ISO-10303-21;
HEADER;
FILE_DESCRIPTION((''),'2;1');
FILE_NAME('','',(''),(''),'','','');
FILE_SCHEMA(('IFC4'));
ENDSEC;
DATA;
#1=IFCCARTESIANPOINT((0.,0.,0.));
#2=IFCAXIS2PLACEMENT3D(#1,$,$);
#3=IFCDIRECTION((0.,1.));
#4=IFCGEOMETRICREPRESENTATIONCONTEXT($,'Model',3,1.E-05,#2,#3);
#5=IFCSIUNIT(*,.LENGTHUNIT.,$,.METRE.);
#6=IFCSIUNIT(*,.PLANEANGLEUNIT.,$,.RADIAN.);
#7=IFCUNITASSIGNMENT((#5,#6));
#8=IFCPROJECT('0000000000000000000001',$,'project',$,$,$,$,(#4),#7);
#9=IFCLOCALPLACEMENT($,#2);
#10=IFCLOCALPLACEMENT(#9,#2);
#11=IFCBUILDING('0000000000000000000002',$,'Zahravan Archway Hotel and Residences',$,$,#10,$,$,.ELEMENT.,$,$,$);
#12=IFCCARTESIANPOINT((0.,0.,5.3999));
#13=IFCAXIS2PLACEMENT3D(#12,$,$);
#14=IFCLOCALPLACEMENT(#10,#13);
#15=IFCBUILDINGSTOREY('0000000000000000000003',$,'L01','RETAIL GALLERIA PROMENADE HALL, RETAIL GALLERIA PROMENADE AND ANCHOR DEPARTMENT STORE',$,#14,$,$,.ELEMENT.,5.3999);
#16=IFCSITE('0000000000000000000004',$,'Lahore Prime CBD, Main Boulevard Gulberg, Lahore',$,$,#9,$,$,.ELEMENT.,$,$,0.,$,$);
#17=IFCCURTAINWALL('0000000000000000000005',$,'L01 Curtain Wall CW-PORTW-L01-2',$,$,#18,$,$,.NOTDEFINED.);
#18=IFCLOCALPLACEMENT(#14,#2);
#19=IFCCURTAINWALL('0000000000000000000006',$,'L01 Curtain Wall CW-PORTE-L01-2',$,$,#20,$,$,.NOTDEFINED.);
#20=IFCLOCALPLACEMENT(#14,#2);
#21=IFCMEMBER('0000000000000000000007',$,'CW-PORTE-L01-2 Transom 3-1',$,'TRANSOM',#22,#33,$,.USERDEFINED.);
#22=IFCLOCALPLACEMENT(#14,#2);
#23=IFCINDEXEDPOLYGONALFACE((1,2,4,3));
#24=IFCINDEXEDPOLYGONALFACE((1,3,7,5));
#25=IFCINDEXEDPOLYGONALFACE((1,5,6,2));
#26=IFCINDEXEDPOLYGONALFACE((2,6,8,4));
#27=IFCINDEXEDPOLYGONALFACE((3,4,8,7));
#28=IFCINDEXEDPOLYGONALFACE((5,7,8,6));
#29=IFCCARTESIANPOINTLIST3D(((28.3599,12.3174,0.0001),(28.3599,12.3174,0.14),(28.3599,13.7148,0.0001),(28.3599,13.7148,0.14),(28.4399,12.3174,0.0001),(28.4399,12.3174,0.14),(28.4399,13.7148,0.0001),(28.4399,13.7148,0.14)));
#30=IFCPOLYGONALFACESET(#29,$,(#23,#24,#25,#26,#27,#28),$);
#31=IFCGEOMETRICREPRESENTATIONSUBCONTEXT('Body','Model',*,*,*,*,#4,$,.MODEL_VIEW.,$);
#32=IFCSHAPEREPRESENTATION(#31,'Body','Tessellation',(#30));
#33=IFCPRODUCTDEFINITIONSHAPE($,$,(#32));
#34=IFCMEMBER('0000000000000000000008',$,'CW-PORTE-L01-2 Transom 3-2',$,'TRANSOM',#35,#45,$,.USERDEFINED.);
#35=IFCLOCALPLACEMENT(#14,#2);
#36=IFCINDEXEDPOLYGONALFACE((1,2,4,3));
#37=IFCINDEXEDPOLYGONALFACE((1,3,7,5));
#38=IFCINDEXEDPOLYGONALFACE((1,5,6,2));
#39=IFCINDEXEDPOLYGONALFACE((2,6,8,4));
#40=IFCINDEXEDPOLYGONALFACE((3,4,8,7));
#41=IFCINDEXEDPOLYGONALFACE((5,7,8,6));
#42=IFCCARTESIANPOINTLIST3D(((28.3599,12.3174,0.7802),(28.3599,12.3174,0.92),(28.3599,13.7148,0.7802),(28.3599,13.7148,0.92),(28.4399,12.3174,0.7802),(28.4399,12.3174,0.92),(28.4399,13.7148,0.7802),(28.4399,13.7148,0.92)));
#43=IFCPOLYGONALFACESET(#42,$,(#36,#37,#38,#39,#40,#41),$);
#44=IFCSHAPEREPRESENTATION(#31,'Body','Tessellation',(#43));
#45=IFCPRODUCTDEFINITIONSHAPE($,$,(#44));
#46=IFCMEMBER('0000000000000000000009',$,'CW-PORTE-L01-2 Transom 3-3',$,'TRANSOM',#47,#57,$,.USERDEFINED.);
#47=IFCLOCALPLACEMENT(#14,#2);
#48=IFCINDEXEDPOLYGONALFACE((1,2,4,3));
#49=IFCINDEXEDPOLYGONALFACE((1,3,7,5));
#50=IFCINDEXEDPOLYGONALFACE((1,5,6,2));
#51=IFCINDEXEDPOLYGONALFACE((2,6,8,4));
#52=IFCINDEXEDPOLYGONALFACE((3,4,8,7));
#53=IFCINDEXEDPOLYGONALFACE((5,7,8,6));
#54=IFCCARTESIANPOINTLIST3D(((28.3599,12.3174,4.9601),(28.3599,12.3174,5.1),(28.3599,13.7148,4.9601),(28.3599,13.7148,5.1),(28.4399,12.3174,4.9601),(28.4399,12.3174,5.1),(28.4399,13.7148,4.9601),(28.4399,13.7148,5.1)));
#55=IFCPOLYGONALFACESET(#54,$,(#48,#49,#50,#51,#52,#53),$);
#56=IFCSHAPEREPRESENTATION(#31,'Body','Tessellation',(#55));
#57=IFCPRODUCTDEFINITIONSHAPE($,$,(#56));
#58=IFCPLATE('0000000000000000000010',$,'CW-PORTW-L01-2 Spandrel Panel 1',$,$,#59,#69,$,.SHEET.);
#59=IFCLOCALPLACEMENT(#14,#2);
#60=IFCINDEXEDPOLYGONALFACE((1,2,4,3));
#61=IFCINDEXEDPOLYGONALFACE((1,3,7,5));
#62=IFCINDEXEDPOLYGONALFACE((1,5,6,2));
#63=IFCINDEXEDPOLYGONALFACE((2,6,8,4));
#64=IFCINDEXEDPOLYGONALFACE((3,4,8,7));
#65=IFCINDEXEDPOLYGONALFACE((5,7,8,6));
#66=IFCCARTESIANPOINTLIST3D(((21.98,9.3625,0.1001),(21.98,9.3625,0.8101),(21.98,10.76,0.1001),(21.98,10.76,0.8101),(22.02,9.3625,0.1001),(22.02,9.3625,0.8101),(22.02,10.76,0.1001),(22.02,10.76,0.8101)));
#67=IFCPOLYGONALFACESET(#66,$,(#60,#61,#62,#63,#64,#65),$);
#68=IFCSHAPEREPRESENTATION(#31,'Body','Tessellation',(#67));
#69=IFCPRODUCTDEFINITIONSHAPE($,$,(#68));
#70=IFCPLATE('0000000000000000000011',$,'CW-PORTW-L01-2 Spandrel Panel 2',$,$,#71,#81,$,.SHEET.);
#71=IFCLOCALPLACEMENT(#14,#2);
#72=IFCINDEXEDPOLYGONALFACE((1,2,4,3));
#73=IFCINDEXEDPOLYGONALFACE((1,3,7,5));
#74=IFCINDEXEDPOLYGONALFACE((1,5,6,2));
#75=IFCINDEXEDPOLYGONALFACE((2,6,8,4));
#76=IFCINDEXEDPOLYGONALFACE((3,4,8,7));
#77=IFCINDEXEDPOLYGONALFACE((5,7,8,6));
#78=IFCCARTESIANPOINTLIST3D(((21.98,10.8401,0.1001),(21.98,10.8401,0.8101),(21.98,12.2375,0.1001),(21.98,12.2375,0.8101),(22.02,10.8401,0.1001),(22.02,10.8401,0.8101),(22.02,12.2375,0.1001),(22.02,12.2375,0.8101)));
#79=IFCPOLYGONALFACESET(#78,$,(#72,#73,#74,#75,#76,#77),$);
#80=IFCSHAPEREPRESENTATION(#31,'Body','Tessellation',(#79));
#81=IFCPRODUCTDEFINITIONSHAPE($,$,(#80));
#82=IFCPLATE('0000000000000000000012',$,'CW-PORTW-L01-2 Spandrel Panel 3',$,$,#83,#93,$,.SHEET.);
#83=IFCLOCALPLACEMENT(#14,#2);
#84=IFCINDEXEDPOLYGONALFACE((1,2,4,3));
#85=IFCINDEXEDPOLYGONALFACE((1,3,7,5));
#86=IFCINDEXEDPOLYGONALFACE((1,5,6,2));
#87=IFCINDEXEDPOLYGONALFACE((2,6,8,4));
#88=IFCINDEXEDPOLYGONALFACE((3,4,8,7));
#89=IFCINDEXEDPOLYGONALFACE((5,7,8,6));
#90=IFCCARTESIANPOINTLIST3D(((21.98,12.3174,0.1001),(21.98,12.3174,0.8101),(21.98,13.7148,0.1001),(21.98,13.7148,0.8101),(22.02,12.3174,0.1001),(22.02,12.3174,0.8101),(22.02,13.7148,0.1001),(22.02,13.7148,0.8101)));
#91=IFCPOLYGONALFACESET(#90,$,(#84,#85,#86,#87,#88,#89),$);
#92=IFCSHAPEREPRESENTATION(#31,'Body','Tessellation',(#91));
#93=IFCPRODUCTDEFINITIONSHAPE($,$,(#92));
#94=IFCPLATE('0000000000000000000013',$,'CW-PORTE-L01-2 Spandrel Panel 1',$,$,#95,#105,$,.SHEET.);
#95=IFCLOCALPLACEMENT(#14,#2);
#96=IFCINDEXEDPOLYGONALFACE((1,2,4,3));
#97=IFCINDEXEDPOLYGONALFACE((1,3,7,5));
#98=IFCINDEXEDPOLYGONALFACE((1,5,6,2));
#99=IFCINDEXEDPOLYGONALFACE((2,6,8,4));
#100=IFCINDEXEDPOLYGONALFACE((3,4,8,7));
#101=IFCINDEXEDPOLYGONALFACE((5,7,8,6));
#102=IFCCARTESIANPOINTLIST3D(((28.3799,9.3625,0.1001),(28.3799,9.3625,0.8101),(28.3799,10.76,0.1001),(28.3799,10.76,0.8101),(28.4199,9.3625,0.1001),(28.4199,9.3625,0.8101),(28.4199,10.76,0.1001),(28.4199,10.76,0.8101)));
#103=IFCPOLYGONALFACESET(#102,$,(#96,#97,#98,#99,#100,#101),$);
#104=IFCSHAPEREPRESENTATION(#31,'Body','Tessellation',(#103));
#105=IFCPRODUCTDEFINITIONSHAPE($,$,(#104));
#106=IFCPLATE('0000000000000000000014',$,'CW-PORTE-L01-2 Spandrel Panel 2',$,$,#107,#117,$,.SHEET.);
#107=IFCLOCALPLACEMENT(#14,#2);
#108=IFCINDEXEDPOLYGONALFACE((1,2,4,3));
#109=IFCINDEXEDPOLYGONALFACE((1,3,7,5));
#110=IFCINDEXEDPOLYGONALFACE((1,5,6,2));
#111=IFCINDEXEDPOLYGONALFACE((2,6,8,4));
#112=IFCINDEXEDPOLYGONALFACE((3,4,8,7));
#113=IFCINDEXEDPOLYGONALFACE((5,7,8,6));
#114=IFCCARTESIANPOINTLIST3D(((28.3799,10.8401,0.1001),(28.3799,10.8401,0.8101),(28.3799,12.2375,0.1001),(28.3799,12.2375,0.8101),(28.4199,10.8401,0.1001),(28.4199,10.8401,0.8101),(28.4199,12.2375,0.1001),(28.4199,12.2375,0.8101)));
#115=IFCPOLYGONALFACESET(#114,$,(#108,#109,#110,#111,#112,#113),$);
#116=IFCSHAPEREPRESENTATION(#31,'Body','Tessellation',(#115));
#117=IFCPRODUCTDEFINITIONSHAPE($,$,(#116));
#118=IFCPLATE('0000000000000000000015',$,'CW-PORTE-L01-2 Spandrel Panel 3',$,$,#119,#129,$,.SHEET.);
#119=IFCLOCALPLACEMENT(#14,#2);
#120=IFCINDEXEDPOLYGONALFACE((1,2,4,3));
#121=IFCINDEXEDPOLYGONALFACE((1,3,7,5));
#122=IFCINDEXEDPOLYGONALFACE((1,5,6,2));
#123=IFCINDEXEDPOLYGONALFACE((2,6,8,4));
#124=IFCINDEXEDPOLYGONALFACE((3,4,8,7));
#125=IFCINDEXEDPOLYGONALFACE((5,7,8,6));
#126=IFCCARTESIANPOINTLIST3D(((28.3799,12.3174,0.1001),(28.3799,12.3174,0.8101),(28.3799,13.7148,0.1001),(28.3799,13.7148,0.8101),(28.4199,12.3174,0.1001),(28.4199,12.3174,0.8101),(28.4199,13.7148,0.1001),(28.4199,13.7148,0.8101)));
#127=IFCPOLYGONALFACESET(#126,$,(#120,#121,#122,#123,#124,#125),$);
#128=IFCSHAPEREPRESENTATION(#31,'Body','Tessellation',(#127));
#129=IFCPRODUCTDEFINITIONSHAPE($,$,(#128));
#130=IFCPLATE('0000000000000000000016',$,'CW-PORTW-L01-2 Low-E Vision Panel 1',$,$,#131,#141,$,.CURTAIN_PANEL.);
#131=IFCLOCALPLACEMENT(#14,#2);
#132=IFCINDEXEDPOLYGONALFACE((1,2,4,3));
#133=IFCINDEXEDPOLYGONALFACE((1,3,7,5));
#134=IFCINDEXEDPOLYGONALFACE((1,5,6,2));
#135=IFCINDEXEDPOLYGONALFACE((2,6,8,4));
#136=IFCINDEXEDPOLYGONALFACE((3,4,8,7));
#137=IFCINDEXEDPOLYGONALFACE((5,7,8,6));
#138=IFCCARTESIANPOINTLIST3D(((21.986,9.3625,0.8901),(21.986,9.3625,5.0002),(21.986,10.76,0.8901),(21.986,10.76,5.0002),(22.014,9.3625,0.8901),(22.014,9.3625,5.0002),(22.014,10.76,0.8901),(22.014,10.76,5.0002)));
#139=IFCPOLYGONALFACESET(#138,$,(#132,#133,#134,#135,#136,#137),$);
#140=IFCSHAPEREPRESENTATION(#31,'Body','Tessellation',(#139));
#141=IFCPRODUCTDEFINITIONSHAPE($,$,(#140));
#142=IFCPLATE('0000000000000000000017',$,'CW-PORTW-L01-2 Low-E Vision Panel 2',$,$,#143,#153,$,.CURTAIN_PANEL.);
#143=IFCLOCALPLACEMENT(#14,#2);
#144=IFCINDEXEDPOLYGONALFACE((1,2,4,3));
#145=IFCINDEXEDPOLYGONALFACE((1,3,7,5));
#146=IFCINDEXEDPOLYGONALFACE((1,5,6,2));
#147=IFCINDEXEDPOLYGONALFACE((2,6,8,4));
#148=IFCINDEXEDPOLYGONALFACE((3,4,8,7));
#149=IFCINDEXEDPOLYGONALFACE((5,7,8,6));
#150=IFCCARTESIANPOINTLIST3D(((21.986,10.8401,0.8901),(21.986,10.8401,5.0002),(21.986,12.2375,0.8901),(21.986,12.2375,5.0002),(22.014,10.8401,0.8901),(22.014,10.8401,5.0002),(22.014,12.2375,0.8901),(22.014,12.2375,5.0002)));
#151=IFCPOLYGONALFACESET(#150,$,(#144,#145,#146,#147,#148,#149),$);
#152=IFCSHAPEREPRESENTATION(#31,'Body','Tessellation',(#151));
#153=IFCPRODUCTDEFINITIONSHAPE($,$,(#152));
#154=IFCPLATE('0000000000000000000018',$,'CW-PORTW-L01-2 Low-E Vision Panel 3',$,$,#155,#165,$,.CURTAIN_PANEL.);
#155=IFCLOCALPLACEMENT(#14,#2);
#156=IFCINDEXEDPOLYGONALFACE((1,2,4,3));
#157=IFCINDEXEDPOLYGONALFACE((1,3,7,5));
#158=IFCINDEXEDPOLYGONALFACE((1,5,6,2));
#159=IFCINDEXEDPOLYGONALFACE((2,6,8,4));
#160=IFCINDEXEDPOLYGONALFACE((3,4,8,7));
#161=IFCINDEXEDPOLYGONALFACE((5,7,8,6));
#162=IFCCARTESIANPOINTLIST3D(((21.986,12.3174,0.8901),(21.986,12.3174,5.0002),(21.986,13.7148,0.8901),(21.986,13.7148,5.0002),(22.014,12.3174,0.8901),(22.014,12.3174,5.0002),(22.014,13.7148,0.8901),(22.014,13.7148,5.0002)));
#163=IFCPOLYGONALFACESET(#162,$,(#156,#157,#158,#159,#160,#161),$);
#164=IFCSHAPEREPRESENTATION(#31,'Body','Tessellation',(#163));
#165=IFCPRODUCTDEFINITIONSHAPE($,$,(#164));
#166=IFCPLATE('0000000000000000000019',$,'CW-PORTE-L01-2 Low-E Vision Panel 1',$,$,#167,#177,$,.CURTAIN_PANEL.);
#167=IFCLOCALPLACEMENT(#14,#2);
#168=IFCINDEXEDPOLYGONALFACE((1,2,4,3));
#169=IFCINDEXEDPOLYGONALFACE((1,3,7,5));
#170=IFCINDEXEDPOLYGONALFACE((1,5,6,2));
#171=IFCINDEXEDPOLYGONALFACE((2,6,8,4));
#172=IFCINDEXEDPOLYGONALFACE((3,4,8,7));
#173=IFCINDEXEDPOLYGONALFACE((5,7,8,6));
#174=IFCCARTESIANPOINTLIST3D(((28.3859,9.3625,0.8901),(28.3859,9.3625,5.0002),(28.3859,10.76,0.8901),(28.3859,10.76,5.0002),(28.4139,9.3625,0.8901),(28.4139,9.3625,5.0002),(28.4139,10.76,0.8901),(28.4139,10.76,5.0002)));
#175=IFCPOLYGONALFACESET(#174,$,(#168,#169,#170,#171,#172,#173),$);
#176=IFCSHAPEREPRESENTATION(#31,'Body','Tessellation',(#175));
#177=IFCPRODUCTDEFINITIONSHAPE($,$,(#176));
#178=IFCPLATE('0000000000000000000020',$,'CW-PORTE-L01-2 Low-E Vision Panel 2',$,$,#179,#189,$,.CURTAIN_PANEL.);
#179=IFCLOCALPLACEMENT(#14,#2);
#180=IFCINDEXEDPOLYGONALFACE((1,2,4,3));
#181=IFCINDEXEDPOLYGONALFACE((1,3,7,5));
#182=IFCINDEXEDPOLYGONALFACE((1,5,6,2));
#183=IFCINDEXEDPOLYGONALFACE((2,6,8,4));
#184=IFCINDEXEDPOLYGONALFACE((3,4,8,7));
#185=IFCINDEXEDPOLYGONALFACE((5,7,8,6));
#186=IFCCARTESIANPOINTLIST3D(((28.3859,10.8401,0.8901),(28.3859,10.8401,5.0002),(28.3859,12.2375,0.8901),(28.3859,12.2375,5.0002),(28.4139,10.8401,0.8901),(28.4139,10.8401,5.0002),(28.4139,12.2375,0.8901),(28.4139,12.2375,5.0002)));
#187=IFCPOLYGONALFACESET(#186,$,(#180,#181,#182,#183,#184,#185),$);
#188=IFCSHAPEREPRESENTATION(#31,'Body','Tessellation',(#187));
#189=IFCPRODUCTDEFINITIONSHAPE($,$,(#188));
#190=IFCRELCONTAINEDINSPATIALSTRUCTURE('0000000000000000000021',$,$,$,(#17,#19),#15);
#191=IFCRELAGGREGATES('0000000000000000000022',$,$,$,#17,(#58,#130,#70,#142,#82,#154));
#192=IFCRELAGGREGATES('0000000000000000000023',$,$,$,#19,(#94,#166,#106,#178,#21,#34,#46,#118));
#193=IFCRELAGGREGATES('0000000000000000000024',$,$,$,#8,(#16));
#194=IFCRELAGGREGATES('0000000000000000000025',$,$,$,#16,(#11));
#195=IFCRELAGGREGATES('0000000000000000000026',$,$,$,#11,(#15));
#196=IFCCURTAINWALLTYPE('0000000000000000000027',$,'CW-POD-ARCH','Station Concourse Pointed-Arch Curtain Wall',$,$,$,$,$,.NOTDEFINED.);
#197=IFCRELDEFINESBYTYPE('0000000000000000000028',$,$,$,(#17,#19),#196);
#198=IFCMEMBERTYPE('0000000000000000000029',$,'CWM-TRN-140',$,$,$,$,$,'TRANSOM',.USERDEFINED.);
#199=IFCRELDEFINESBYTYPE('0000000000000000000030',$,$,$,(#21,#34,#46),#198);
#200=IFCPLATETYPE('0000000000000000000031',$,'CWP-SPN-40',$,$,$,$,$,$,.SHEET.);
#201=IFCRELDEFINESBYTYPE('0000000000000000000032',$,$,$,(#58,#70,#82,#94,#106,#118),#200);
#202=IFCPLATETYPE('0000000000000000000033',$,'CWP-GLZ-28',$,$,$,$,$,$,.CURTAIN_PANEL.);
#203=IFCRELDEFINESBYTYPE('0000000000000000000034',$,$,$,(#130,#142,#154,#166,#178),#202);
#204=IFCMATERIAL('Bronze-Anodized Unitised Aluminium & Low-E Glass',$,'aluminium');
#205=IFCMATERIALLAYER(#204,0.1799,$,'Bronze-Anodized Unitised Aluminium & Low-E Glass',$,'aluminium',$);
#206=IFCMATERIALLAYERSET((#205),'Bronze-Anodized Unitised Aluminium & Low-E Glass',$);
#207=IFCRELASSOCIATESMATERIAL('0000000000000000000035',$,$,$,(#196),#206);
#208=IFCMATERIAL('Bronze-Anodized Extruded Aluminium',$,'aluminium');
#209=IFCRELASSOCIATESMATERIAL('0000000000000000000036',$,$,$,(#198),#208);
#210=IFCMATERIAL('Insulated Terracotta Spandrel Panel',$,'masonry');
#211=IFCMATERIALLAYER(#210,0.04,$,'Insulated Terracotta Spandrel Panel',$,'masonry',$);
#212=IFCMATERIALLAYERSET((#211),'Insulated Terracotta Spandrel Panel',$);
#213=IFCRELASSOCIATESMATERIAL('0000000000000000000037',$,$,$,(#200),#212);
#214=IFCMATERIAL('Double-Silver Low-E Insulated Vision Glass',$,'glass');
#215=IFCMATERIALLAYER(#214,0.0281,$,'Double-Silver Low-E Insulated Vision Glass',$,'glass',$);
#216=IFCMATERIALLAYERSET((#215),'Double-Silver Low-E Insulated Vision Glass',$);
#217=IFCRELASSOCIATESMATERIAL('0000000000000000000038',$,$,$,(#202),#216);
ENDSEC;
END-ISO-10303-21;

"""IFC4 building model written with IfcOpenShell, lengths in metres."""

from ifc_helpers import new_model, si_unit, direction, frame, origin, origin_2d, place, context, subcontext, project, spatial, rectangle, extrude, source, transform, mapped, material, layer, layer_set, material_profile, profile_set, type_object, element, aggregate, save


model = new_model("IFC4")

# Units and contexts
model_context = context("Model", 3, precision=1e-05, world=origin(), true_north=direction((0.0, 1.0)))
body_context = subcontext(model_context, "Body", "Model", "MODEL_VIEW")
ifc_project = project(units=[si_unit("LENGTHUNIT", "METRE"), si_unit("PLANEANGLEUNIT", "RADIAN")], contexts=[model_context])

# Site, building, storey
site_placement = place(None, origin())
site = spatial("IfcSite", under=ifc_project, at=site_placement, Name="Lahore Prime CBD, Main Boulevard Gulberg, Lahore", CompositionType="ELEMENT", RefElevation=0.0)
building_placement = place(site_placement, origin())
building = spatial("IfcBuilding", under=site, at=building_placement, Name="Zahravan Archway Hotel and Residences", CompositionType="ELEMENT")
storey_placement = place(building_placement, frame((0.0, 0.0, 5.3999)))
storey = spatial("IfcBuildingStorey", under=building, at=storey_placement, Name="L01", Description="RETAIL GALLERIA PROMENADE HALL, RETAIL GALLERIA PROMENADE AND ANCHOR DEPARTMENT STORE", CompositionType="ELEMENT", Elevation=5.3999)

# Curtain walls
ifc_material_1 = material(Name="Bronze-Anodized Unitised Aluminium & Low-E Glass", Category="aluminium")
ifc_layer_1 = layer(ifc_material_1, 0.1799, Name="Bronze-Anodized Unitised Aluminium & Low-E Glass", Category="aluminium")
ifc_layer_set_1 = layer_set([ifc_layer_1], Name="Bronze-Anodized Unitised Aluminium & Low-E Glass")
curtain_wall_type = type_object("IfcCurtainWallType", Name="CW-POD-ARCH", Description="Station Concourse Pointed-Arch Curtain Wall", PredefinedType="NOTDEFINED", material=ifc_layer_set_1)
curtain_wall_1_placement = place(storey_placement, origin())
curtain_wall_1 = element("IfcCurtainWall", 1, at=curtain_wall_1_placement, inside=storey, type_object=curtain_wall_type, Name="L01 Curtain Wall CW-PORTW-L01-2", PredefinedType="NOTDEFINED")
ifc_material_2 = material(Name="Bronze-Anodized Extruded Aluminium", Category="aluminium")
curtain_wall_2_placement = place(storey_placement, origin())
curtain_wall_2 = element("IfcCurtainWall", 2, at=curtain_wall_2_placement, inside=storey, type_object=curtain_wall_type, Name="L01 Curtain Wall CW-PORTE-L01-2", PredefinedType="NOTDEFINED")

# Members
ifc_material_profile_1 = material_profile(ifc_material_2, rectangle(XDim=0.0801, YDim=0.1399, at=origin_2d()), Name="TRN 80x140", Category="aluminium")
ifc_profile_set_1 = profile_set([ifc_material_profile_1], Name="Bronze-Anodized Extruded Aluminium")
member_type_1 = type_object("IfcMemberType", Name="CWM-TRN-140", ElementType="TRANSOM", PredefinedType="USERDEFINED", material=ifc_profile_set_1)
shared_shape_1 = source(origin(), body_context, "Body", "SweptSolid", [
    extrude(rectangle(XDim=0.0801, YDim=0.1399, at=origin_2d()), origin(), (0.0, 0.0, 1.0), 1.3975),
])
member_1_placement = place(storey_placement, frame((28.3999, 12.3174, 0.0701), z_axis=(0.0, 1.0, 0.0), x_axis=(-1.0, 0.0, 0.0)))
member_1 = element("IfcMember", 3, at=member_1_placement, type_object=member_type_1, Name="CW-PORTE-L01-2 Transom 3-1", ObjectType="TRANSOM", PredefinedType="USERDEFINED", context=body_context, shape_type="MappedRepresentation", body=[
    mapped(shared_shape_1, transform((0.0, 0.0, 0.0), scale=1.0)),
])
member_2_placement = place(storey_placement, frame((28.3999, 12.3174, 0.8501), z_axis=(0.0, 1.0, 0.0), x_axis=(-1.0, 0.0, 0.0)))
member_2 = element("IfcMember", 4, at=member_2_placement, type_object=member_type_1, Name="CW-PORTE-L01-2 Transom 3-2", ObjectType="TRANSOM", PredefinedType="USERDEFINED", context=body_context, shape_type="MappedRepresentation", body=[
    mapped(shared_shape_1, transform((0.0, 0.0, 0.0), scale=1.0)),
])
member_3_placement = place(storey_placement, frame((28.3999, 12.3174, 5.03), z_axis=(0.0, 1.0, 0.0), x_axis=(-1.0, 0.0, 0.0)))
member_3 = element("IfcMember", 5, at=member_3_placement, type_object=member_type_1, Name="CW-PORTE-L01-2 Transom 3-3", ObjectType="TRANSOM", PredefinedType="USERDEFINED", context=body_context, shape_type="MappedRepresentation", body=[
    mapped(shared_shape_1, transform((0.0, 0.0, 0.0), scale=1.0)),
])

# Plates
ifc_material_3 = material(Name="Insulated Terracotta Spandrel Panel", Category="masonry")
ifc_layer_2 = layer(ifc_material_3, 0.04, Name="Insulated Terracotta Spandrel Panel", Category="masonry")
ifc_layer_set_2 = layer_set([ifc_layer_2], Name="Insulated Terracotta Spandrel Panel")
plate_type_1 = type_object("IfcPlateType", Name="CWP-SPN-40", PredefinedType="SHEET", material=ifc_layer_set_2)
shared_shape_2 = source(origin(), body_context, "Body", "SweptSolid", [
    extrude(rectangle(XDim=1.3975, YDim=0.04, at=origin_2d()), origin(), (0.0, 0.0, 1.0), 0.71),
])
plate_1_placement = place(storey_placement, frame((22.0, 10.0613, 0.1001), z_axis=(0.0, 0.0, 1.0), x_axis=(0.0, 1.0, 0.0)))
plate_1 = element("IfcPlate", 6, at=plate_1_placement, type_object=plate_type_1, Name="CW-PORTW-L01-2 Spandrel Panel 1", PredefinedType="SHEET", context=body_context, shape_type="MappedRepresentation", body=[
    mapped(shared_shape_2, transform((0.0, 0.0, 0.0), scale=1.0)),
])
plate_2_placement = place(storey_placement, frame((22.0, 11.5388, 0.1001), z_axis=(0.0, 0.0, 1.0), x_axis=(0.0, 1.0, 0.0)))
plate_2 = element("IfcPlate", 7, at=plate_2_placement, type_object=plate_type_1, Name="CW-PORTW-L01-2 Spandrel Panel 2", PredefinedType="SHEET", context=body_context, shape_type="MappedRepresentation", body=[
    mapped(shared_shape_2, transform((0.0, 0.0, 0.0), scale=1.0)),
])
plate_3_placement = place(storey_placement, frame((22.0, 13.0161, 0.1001), z_axis=(0.0, 0.0, 1.0), x_axis=(0.0, 1.0, 0.0)))
plate_3 = element("IfcPlate", 8, at=plate_3_placement, type_object=plate_type_1, Name="CW-PORTW-L01-2 Spandrel Panel 3", PredefinedType="SHEET", context=body_context, shape_type="MappedRepresentation", body=[
    mapped(shared_shape_2, transform((0.0, 0.0, 0.0), scale=1.0)),
])
plate_4_placement = place(storey_placement, frame((28.3999, 10.0613, 0.1001), z_axis=(0.0, 0.0, 1.0), x_axis=(0.0, 1.0, 0.0)))
plate_4 = element("IfcPlate", 9, at=plate_4_placement, type_object=plate_type_1, Name="CW-PORTE-L01-2 Spandrel Panel 1", PredefinedType="SHEET", context=body_context, shape_type="MappedRepresentation", body=[
    mapped(shared_shape_2, transform((0.0, 0.0, 0.0), scale=1.0)),
])
plate_5_placement = place(storey_placement, frame((28.3999, 11.5388, 0.1001), z_axis=(0.0, 0.0, 1.0), x_axis=(0.0, 1.0, 0.0)))
plate_5 = element("IfcPlate", 10, at=plate_5_placement, type_object=plate_type_1, Name="CW-PORTE-L01-2 Spandrel Panel 2", PredefinedType="SHEET", context=body_context, shape_type="MappedRepresentation", body=[
    mapped(shared_shape_2, transform((0.0, 0.0, 0.0), scale=1.0)),
])
plate_6_placement = place(storey_placement, frame((28.3999, 13.0161, 0.1001), z_axis=(0.0, 0.0, 1.0), x_axis=(0.0, 1.0, 0.0)))
plate_6 = element("IfcPlate", 11, at=plate_6_placement, type_object=plate_type_1, Name="CW-PORTE-L01-2 Spandrel Panel 3", PredefinedType="SHEET", context=body_context, shape_type="MappedRepresentation", body=[
    mapped(shared_shape_2, transform((0.0, 0.0, 0.0), scale=1.0)),
])
ifc_material_4 = material(Name="Double-Silver Low-E Insulated Vision Glass", Category="glass")
ifc_layer_3 = layer(ifc_material_4, 0.0281, Name="Double-Silver Low-E Insulated Vision Glass", Category="glass")
ifc_layer_set_3 = layer_set([ifc_layer_3], Name="Double-Silver Low-E Insulated Vision Glass")
plate_type_2 = type_object("IfcPlateType", Name="CWP-GLZ-28", PredefinedType="CURTAIN_PANEL", material=ifc_layer_set_3)
shared_shape_3 = source(origin(), body_context, "Body", "SweptSolid", [
    extrude(rectangle(XDim=1.3975, YDim=0.0281, at=origin_2d()), origin(), (0.0, 0.0, 1.0), 4.1101),
])
plate_7_placement = place(storey_placement, frame((22.0, 10.0613, 0.8901), z_axis=(0.0, 0.0, 1.0), x_axis=(0.0, 1.0, 0.0)))
plate_7 = element("IfcPlate", 12, at=plate_7_placement, type_object=plate_type_2, Name="CW-PORTW-L01-2 Low-E Vision Panel 1", PredefinedType="CURTAIN_PANEL", context=body_context, shape_type="MappedRepresentation", body=[
    mapped(shared_shape_3, transform((0.0, 0.0, 0.0), scale=1.0)),
])
plate_8_placement = place(storey_placement, frame((22.0, 11.5388, 0.8901), z_axis=(0.0, 0.0, 1.0), x_axis=(0.0, 1.0, 0.0)))
plate_8 = element("IfcPlate", 13, at=plate_8_placement, type_object=plate_type_2, Name="CW-PORTW-L01-2 Low-E Vision Panel 2", PredefinedType="CURTAIN_PANEL", context=body_context, shape_type="MappedRepresentation", body=[
    mapped(shared_shape_3, transform((0.0, 0.0, 0.0), scale=1.0)),
])
plate_9_placement = place(storey_placement, frame((22.0, 13.0161, 0.8901), z_axis=(0.0, 0.0, 1.0), x_axis=(0.0, 1.0, 0.0)))
plate_9 = element("IfcPlate", 14, at=plate_9_placement, type_object=plate_type_2, Name="CW-PORTW-L01-2 Low-E Vision Panel 3", PredefinedType="CURTAIN_PANEL", context=body_context, shape_type="MappedRepresentation", body=[
    mapped(shared_shape_3, transform((0.0, 0.0, 0.0), scale=1.0)),
])
aggregate(curtain_wall_1, [plate_1, plate_7, plate_2, plate_8, plate_3, plate_9])
plate_10_placement = place(storey_placement, frame((28.3999, 10.0613, 0.8901), z_axis=(0.0, 0.0, 1.0), x_axis=(0.0, 1.0, 0.0)))
plate_10 = element("IfcPlate", 15, at=plate_10_placement, type_object=plate_type_2, Name="CW-PORTE-L01-2 Low-E Vision Panel 1", PredefinedType="CURTAIN_PANEL", context=body_context, shape_type="MappedRepresentation", body=[
    mapped(shared_shape_3, transform((0.0, 0.0, 0.0), scale=1.0)),
])
plate_11_placement = place(storey_placement, frame((28.3999, 11.5388, 0.8901), z_axis=(0.0, 0.0, 1.0), x_axis=(0.0, 1.0, 0.0)))
plate_11 = element("IfcPlate", 16, at=plate_11_placement, type_object=plate_type_2, Name="CW-PORTE-L01-2 Low-E Vision Panel 2", PredefinedType="CURTAIN_PANEL", context=body_context, shape_type="MappedRepresentation", body=[
    mapped(shared_shape_3, transform((0.0, 0.0, 0.0), scale=1.0)),
])
aggregate(curtain_wall_2, [plate_4, plate_10, plate_5, plate_11, member_1, member_2, member_3, plate_6])

save(model, "model.ifc")
